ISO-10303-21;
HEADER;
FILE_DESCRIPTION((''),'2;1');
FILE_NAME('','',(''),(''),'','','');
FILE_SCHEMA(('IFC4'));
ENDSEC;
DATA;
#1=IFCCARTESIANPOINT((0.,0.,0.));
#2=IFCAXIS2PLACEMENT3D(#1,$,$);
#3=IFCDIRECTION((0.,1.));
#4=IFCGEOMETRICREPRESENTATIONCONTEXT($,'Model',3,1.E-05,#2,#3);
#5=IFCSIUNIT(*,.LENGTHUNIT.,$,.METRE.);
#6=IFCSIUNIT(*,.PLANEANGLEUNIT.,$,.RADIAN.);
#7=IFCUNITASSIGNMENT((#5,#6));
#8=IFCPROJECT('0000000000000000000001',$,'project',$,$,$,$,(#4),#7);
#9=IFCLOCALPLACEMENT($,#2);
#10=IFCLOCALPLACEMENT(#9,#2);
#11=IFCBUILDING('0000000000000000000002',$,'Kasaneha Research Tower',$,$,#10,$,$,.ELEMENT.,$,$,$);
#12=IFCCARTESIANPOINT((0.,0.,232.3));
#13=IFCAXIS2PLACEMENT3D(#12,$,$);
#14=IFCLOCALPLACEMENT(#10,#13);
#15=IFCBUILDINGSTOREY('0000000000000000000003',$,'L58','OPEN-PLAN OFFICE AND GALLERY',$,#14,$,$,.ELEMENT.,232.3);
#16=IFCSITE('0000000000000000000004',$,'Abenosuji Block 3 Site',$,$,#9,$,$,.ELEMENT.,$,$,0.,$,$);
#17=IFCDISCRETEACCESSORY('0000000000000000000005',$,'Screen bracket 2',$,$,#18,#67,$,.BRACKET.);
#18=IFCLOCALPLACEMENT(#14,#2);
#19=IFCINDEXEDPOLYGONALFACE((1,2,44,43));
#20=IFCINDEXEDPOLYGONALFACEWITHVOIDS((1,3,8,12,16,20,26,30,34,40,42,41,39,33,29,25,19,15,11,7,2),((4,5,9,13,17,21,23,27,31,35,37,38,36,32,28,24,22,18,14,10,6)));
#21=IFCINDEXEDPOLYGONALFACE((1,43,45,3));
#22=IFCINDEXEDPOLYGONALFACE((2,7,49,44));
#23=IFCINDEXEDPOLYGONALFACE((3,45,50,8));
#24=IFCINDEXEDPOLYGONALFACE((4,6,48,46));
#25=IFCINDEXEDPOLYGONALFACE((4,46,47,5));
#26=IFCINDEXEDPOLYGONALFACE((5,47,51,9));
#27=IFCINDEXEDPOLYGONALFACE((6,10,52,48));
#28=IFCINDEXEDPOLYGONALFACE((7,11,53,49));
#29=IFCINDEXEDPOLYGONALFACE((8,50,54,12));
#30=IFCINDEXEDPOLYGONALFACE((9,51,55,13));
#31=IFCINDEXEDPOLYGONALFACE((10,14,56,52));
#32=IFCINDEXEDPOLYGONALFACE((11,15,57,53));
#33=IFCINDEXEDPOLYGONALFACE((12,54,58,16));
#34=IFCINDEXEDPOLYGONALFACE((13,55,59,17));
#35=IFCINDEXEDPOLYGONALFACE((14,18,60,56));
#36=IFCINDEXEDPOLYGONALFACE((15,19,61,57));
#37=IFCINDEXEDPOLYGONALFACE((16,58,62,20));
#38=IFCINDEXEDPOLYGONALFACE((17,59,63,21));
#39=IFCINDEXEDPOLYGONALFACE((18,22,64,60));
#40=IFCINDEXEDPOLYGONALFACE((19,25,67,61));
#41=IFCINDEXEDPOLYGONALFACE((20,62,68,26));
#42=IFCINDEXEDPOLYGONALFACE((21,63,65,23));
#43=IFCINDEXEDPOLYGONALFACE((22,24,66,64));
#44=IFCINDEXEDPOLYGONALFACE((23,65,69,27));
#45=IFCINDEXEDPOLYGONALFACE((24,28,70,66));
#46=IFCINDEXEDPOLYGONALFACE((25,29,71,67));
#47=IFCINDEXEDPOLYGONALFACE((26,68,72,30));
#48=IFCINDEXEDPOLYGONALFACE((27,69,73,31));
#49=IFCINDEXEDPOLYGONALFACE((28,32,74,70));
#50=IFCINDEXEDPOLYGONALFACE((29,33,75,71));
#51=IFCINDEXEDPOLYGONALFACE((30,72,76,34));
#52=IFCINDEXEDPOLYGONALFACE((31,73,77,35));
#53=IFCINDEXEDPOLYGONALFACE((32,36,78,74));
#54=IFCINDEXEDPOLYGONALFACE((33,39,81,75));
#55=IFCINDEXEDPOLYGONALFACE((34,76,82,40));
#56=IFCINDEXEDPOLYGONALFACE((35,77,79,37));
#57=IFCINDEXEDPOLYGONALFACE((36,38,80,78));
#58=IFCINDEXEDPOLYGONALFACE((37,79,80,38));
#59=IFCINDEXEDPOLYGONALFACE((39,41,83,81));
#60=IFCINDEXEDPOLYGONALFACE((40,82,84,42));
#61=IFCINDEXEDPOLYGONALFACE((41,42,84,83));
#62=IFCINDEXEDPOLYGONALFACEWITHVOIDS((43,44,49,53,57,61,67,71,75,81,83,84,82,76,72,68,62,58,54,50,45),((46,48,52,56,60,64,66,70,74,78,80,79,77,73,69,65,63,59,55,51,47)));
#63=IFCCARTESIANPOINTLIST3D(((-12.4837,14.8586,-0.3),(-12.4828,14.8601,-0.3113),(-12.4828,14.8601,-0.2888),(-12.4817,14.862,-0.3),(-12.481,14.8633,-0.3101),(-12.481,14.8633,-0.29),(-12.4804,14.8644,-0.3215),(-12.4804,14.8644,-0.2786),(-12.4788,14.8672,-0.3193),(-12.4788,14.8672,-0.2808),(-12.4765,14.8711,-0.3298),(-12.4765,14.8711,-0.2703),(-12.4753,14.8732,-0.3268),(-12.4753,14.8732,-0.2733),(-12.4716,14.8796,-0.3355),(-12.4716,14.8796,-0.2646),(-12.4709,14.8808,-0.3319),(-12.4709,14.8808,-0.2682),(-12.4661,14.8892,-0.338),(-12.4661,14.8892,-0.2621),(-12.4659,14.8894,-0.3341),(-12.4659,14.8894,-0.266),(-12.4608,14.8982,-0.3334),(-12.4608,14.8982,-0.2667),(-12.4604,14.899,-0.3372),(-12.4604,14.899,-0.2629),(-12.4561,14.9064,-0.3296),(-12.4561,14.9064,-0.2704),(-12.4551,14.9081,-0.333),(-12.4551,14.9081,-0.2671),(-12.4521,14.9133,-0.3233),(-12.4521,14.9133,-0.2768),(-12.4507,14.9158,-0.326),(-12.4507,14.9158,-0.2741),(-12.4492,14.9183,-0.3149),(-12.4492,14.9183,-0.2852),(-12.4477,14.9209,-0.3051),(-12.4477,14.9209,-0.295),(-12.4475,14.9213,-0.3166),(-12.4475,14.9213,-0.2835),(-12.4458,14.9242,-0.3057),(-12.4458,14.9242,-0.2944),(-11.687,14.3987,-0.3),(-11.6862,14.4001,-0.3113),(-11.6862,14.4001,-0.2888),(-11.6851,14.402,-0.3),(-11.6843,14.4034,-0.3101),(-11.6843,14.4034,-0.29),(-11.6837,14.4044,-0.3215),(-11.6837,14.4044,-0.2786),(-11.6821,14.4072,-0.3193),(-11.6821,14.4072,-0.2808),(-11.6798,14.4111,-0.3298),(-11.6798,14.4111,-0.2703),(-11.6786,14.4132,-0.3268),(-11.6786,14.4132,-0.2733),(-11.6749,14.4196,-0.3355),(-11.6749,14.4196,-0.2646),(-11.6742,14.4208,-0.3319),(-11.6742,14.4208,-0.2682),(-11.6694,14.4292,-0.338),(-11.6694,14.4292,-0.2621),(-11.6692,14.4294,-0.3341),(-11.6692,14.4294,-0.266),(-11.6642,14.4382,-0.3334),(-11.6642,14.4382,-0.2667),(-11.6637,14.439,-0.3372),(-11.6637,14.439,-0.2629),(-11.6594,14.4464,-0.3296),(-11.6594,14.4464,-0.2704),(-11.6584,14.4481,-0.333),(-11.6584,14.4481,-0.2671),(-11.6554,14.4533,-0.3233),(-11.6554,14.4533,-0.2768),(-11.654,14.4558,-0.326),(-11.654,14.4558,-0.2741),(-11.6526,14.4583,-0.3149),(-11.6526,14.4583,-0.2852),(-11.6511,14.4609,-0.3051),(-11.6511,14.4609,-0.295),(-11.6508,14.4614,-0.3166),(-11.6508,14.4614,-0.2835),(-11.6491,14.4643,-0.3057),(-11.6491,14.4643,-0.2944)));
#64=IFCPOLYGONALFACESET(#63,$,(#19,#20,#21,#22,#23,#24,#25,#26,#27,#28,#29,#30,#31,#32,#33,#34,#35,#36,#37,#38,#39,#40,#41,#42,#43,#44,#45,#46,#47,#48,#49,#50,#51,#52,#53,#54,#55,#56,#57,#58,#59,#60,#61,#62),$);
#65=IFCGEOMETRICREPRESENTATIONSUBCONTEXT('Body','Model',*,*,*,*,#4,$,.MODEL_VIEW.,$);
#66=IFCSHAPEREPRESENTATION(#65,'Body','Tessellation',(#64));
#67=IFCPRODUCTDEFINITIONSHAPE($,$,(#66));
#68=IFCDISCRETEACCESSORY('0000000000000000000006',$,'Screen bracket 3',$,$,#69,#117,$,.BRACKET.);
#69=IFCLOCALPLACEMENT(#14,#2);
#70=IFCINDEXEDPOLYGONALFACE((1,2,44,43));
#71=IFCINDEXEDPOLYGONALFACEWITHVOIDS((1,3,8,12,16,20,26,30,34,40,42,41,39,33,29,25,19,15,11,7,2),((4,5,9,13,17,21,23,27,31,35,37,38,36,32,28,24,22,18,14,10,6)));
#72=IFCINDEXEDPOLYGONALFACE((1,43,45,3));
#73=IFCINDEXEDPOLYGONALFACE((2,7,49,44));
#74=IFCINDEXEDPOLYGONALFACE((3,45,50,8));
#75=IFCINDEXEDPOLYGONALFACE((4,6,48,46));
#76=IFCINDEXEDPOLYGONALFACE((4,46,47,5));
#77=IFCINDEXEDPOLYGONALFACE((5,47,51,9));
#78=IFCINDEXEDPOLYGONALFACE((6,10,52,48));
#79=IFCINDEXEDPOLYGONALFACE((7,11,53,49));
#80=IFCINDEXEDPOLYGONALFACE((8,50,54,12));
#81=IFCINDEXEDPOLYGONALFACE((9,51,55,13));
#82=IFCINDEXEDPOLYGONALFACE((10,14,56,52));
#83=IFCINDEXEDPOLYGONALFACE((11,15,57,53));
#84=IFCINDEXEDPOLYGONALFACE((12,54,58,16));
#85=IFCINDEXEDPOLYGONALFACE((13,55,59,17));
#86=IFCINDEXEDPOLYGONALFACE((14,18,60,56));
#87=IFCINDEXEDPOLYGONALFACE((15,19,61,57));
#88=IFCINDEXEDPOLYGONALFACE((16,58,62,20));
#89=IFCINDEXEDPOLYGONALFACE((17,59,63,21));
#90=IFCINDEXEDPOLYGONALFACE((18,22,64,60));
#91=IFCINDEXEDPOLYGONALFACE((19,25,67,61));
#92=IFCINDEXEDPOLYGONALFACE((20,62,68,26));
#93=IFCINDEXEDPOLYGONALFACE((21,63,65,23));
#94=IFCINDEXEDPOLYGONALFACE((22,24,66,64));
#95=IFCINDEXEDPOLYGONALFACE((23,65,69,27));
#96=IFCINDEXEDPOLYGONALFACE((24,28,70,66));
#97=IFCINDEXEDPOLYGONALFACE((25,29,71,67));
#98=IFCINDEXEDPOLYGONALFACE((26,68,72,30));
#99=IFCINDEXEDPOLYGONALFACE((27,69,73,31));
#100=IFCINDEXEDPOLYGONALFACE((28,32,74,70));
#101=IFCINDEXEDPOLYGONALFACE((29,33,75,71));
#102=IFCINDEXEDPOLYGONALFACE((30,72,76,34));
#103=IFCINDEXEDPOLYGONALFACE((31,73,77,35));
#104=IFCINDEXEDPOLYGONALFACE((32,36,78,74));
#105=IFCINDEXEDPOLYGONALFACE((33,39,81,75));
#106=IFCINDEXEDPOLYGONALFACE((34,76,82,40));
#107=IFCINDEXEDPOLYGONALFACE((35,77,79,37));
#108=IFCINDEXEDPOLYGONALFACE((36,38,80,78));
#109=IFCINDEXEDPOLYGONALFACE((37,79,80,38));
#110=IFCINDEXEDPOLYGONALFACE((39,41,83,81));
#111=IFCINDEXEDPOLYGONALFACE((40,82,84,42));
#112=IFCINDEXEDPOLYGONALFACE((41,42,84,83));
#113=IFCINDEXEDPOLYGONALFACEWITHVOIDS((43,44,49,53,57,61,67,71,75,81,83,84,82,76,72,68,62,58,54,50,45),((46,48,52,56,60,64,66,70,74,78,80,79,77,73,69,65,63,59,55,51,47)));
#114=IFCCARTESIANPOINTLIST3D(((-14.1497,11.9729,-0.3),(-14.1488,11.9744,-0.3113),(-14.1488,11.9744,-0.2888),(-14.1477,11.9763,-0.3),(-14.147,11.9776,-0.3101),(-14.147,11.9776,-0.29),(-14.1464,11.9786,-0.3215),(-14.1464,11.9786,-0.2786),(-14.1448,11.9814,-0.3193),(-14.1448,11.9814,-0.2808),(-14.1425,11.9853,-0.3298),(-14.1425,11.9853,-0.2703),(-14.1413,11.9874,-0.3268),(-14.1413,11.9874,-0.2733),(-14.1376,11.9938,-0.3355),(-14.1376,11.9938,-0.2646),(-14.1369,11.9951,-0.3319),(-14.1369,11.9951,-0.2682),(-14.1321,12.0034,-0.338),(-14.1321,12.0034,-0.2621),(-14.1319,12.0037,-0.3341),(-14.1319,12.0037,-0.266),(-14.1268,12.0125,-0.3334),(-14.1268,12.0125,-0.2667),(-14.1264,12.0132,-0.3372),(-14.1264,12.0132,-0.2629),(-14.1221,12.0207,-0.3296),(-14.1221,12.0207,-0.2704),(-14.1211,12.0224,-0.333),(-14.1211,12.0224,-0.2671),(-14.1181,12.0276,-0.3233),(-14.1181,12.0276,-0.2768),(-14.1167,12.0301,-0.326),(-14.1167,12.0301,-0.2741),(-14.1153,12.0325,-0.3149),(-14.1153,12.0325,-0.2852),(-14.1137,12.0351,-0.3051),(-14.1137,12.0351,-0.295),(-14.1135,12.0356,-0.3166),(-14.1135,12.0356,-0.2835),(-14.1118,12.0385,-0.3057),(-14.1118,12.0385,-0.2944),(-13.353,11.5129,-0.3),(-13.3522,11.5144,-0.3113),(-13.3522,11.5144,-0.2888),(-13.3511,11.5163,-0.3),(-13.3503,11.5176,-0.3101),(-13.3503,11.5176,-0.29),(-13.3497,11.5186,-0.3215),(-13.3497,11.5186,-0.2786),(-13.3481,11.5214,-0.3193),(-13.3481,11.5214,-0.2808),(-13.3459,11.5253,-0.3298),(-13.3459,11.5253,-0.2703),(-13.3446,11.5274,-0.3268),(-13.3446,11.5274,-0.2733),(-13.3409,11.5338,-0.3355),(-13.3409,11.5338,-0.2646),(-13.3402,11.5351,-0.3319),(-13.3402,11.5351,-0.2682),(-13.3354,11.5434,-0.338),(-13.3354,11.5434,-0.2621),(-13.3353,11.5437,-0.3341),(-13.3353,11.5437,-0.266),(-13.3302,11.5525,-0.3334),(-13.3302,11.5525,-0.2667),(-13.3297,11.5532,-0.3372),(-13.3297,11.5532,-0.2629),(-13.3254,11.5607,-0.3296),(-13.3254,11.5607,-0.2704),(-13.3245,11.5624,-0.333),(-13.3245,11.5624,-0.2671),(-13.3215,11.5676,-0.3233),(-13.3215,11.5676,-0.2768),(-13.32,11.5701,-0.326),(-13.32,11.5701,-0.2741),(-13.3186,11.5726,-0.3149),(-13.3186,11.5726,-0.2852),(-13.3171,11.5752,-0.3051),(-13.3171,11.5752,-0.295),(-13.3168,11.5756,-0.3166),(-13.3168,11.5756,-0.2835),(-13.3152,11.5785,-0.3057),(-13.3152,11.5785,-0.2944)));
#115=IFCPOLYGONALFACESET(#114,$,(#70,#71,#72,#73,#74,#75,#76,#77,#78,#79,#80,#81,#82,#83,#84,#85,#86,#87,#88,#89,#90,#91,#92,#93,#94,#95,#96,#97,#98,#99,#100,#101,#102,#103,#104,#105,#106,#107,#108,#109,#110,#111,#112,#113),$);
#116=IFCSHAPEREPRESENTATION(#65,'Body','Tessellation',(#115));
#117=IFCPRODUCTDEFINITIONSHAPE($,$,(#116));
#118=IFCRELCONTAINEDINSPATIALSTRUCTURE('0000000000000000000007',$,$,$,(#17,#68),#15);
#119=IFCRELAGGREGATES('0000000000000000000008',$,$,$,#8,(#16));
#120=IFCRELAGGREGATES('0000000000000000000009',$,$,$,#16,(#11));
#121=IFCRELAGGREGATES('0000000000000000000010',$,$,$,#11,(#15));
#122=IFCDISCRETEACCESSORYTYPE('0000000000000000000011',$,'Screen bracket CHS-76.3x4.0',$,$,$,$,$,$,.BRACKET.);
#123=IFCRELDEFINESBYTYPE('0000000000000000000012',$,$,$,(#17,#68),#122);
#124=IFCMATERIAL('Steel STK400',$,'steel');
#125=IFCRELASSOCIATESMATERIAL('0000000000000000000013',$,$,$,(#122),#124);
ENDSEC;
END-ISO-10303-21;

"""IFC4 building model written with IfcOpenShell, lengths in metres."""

from ifc_helpers import new_model, si_unit, direction, frame, origin, origin_2d, place, context, subcontext, project, spatial, hollow_circle, extrude, material, material_profile, profile_set, type_object, element, save


model = new_model("IFC4")

# Units and contexts
model_context = context("Model", 3, precision=1e-05, world=origin(), true_north=direction((0.0, 1.0)))
body_context = subcontext(model_context, "Body", "Model", "MODEL_VIEW")
ifc_project = project(units=[si_unit("LENGTHUNIT", "METRE"), si_unit("PLANEANGLEUNIT", "RADIAN")], contexts=[model_context])

# Site, building, storey
site_placement = place(None, origin())
site = spatial("IfcSite", under=ifc_project, at=site_placement, Name="Abenosuji Block 3 Site", CompositionType="ELEMENT", RefElevation=0.0)
building_placement = place(site_placement, origin())
building = spatial("IfcBuilding", under=site, at=building_placement, Name="Kasaneha Research Tower", CompositionType="ELEMENT")
storey_placement = place(building_placement, frame((0.0, 0.0, 232.3)))
storey = spatial("IfcBuildingStorey", under=building, at=storey_placement, Name="L58", Description="OPEN-PLAN OFFICE AND GALLERY", CompositionType="ELEMENT", Elevation=232.3)

# Discrete accessories
ifc_material_1 = material(Name="Steel STK400", Category="steel")
ifc_material_profile_1 = material_profile(ifc_material_1, hollow_circle(Radius=0.0381, WallThickness=0.0039, at=origin_2d()), Name="CHS-76.3x4.0")
ifc_profile_set_1 = profile_set([ifc_material_profile_1], Name="Steel STK400")
discrete_accessory_type = type_object("IfcDiscreteAccessoryType", Name="Screen bracket CHS-76.3x4.0", PredefinedType="BRACKET", material=ifc_profile_set_1)
for number, where, z_axis, x_axis, name in (
    (1, (-11.668, 14.4316, -0.3), (-0.866013, 0.500021, 0.0), (-0.500021, -0.866013, 0.0), "Screen bracket 2"),
    (2, (-13.334, 11.5459, -0.3), (-0.866013, 0.500021, 0.0), (-0.500021, -0.866013, 0.0), "Screen bracket 3"),
):
    element("IfcDiscreteAccessory", number, at=place(storey_placement, frame(where, z_axis=z_axis, x_axis=x_axis)), inside=storey, type_object=discrete_accessory_type, Name=name, PredefinedType="BRACKET", context=body_context, shape_type="SweptSolid", body=[
        extrude(hollow_circle(Radius=0.0381, WallThickness=0.0039, at=origin_2d()), origin(), (0.0, 0.0, 1.0), 0.9199),
    ])

save(model, "model.ifc")
